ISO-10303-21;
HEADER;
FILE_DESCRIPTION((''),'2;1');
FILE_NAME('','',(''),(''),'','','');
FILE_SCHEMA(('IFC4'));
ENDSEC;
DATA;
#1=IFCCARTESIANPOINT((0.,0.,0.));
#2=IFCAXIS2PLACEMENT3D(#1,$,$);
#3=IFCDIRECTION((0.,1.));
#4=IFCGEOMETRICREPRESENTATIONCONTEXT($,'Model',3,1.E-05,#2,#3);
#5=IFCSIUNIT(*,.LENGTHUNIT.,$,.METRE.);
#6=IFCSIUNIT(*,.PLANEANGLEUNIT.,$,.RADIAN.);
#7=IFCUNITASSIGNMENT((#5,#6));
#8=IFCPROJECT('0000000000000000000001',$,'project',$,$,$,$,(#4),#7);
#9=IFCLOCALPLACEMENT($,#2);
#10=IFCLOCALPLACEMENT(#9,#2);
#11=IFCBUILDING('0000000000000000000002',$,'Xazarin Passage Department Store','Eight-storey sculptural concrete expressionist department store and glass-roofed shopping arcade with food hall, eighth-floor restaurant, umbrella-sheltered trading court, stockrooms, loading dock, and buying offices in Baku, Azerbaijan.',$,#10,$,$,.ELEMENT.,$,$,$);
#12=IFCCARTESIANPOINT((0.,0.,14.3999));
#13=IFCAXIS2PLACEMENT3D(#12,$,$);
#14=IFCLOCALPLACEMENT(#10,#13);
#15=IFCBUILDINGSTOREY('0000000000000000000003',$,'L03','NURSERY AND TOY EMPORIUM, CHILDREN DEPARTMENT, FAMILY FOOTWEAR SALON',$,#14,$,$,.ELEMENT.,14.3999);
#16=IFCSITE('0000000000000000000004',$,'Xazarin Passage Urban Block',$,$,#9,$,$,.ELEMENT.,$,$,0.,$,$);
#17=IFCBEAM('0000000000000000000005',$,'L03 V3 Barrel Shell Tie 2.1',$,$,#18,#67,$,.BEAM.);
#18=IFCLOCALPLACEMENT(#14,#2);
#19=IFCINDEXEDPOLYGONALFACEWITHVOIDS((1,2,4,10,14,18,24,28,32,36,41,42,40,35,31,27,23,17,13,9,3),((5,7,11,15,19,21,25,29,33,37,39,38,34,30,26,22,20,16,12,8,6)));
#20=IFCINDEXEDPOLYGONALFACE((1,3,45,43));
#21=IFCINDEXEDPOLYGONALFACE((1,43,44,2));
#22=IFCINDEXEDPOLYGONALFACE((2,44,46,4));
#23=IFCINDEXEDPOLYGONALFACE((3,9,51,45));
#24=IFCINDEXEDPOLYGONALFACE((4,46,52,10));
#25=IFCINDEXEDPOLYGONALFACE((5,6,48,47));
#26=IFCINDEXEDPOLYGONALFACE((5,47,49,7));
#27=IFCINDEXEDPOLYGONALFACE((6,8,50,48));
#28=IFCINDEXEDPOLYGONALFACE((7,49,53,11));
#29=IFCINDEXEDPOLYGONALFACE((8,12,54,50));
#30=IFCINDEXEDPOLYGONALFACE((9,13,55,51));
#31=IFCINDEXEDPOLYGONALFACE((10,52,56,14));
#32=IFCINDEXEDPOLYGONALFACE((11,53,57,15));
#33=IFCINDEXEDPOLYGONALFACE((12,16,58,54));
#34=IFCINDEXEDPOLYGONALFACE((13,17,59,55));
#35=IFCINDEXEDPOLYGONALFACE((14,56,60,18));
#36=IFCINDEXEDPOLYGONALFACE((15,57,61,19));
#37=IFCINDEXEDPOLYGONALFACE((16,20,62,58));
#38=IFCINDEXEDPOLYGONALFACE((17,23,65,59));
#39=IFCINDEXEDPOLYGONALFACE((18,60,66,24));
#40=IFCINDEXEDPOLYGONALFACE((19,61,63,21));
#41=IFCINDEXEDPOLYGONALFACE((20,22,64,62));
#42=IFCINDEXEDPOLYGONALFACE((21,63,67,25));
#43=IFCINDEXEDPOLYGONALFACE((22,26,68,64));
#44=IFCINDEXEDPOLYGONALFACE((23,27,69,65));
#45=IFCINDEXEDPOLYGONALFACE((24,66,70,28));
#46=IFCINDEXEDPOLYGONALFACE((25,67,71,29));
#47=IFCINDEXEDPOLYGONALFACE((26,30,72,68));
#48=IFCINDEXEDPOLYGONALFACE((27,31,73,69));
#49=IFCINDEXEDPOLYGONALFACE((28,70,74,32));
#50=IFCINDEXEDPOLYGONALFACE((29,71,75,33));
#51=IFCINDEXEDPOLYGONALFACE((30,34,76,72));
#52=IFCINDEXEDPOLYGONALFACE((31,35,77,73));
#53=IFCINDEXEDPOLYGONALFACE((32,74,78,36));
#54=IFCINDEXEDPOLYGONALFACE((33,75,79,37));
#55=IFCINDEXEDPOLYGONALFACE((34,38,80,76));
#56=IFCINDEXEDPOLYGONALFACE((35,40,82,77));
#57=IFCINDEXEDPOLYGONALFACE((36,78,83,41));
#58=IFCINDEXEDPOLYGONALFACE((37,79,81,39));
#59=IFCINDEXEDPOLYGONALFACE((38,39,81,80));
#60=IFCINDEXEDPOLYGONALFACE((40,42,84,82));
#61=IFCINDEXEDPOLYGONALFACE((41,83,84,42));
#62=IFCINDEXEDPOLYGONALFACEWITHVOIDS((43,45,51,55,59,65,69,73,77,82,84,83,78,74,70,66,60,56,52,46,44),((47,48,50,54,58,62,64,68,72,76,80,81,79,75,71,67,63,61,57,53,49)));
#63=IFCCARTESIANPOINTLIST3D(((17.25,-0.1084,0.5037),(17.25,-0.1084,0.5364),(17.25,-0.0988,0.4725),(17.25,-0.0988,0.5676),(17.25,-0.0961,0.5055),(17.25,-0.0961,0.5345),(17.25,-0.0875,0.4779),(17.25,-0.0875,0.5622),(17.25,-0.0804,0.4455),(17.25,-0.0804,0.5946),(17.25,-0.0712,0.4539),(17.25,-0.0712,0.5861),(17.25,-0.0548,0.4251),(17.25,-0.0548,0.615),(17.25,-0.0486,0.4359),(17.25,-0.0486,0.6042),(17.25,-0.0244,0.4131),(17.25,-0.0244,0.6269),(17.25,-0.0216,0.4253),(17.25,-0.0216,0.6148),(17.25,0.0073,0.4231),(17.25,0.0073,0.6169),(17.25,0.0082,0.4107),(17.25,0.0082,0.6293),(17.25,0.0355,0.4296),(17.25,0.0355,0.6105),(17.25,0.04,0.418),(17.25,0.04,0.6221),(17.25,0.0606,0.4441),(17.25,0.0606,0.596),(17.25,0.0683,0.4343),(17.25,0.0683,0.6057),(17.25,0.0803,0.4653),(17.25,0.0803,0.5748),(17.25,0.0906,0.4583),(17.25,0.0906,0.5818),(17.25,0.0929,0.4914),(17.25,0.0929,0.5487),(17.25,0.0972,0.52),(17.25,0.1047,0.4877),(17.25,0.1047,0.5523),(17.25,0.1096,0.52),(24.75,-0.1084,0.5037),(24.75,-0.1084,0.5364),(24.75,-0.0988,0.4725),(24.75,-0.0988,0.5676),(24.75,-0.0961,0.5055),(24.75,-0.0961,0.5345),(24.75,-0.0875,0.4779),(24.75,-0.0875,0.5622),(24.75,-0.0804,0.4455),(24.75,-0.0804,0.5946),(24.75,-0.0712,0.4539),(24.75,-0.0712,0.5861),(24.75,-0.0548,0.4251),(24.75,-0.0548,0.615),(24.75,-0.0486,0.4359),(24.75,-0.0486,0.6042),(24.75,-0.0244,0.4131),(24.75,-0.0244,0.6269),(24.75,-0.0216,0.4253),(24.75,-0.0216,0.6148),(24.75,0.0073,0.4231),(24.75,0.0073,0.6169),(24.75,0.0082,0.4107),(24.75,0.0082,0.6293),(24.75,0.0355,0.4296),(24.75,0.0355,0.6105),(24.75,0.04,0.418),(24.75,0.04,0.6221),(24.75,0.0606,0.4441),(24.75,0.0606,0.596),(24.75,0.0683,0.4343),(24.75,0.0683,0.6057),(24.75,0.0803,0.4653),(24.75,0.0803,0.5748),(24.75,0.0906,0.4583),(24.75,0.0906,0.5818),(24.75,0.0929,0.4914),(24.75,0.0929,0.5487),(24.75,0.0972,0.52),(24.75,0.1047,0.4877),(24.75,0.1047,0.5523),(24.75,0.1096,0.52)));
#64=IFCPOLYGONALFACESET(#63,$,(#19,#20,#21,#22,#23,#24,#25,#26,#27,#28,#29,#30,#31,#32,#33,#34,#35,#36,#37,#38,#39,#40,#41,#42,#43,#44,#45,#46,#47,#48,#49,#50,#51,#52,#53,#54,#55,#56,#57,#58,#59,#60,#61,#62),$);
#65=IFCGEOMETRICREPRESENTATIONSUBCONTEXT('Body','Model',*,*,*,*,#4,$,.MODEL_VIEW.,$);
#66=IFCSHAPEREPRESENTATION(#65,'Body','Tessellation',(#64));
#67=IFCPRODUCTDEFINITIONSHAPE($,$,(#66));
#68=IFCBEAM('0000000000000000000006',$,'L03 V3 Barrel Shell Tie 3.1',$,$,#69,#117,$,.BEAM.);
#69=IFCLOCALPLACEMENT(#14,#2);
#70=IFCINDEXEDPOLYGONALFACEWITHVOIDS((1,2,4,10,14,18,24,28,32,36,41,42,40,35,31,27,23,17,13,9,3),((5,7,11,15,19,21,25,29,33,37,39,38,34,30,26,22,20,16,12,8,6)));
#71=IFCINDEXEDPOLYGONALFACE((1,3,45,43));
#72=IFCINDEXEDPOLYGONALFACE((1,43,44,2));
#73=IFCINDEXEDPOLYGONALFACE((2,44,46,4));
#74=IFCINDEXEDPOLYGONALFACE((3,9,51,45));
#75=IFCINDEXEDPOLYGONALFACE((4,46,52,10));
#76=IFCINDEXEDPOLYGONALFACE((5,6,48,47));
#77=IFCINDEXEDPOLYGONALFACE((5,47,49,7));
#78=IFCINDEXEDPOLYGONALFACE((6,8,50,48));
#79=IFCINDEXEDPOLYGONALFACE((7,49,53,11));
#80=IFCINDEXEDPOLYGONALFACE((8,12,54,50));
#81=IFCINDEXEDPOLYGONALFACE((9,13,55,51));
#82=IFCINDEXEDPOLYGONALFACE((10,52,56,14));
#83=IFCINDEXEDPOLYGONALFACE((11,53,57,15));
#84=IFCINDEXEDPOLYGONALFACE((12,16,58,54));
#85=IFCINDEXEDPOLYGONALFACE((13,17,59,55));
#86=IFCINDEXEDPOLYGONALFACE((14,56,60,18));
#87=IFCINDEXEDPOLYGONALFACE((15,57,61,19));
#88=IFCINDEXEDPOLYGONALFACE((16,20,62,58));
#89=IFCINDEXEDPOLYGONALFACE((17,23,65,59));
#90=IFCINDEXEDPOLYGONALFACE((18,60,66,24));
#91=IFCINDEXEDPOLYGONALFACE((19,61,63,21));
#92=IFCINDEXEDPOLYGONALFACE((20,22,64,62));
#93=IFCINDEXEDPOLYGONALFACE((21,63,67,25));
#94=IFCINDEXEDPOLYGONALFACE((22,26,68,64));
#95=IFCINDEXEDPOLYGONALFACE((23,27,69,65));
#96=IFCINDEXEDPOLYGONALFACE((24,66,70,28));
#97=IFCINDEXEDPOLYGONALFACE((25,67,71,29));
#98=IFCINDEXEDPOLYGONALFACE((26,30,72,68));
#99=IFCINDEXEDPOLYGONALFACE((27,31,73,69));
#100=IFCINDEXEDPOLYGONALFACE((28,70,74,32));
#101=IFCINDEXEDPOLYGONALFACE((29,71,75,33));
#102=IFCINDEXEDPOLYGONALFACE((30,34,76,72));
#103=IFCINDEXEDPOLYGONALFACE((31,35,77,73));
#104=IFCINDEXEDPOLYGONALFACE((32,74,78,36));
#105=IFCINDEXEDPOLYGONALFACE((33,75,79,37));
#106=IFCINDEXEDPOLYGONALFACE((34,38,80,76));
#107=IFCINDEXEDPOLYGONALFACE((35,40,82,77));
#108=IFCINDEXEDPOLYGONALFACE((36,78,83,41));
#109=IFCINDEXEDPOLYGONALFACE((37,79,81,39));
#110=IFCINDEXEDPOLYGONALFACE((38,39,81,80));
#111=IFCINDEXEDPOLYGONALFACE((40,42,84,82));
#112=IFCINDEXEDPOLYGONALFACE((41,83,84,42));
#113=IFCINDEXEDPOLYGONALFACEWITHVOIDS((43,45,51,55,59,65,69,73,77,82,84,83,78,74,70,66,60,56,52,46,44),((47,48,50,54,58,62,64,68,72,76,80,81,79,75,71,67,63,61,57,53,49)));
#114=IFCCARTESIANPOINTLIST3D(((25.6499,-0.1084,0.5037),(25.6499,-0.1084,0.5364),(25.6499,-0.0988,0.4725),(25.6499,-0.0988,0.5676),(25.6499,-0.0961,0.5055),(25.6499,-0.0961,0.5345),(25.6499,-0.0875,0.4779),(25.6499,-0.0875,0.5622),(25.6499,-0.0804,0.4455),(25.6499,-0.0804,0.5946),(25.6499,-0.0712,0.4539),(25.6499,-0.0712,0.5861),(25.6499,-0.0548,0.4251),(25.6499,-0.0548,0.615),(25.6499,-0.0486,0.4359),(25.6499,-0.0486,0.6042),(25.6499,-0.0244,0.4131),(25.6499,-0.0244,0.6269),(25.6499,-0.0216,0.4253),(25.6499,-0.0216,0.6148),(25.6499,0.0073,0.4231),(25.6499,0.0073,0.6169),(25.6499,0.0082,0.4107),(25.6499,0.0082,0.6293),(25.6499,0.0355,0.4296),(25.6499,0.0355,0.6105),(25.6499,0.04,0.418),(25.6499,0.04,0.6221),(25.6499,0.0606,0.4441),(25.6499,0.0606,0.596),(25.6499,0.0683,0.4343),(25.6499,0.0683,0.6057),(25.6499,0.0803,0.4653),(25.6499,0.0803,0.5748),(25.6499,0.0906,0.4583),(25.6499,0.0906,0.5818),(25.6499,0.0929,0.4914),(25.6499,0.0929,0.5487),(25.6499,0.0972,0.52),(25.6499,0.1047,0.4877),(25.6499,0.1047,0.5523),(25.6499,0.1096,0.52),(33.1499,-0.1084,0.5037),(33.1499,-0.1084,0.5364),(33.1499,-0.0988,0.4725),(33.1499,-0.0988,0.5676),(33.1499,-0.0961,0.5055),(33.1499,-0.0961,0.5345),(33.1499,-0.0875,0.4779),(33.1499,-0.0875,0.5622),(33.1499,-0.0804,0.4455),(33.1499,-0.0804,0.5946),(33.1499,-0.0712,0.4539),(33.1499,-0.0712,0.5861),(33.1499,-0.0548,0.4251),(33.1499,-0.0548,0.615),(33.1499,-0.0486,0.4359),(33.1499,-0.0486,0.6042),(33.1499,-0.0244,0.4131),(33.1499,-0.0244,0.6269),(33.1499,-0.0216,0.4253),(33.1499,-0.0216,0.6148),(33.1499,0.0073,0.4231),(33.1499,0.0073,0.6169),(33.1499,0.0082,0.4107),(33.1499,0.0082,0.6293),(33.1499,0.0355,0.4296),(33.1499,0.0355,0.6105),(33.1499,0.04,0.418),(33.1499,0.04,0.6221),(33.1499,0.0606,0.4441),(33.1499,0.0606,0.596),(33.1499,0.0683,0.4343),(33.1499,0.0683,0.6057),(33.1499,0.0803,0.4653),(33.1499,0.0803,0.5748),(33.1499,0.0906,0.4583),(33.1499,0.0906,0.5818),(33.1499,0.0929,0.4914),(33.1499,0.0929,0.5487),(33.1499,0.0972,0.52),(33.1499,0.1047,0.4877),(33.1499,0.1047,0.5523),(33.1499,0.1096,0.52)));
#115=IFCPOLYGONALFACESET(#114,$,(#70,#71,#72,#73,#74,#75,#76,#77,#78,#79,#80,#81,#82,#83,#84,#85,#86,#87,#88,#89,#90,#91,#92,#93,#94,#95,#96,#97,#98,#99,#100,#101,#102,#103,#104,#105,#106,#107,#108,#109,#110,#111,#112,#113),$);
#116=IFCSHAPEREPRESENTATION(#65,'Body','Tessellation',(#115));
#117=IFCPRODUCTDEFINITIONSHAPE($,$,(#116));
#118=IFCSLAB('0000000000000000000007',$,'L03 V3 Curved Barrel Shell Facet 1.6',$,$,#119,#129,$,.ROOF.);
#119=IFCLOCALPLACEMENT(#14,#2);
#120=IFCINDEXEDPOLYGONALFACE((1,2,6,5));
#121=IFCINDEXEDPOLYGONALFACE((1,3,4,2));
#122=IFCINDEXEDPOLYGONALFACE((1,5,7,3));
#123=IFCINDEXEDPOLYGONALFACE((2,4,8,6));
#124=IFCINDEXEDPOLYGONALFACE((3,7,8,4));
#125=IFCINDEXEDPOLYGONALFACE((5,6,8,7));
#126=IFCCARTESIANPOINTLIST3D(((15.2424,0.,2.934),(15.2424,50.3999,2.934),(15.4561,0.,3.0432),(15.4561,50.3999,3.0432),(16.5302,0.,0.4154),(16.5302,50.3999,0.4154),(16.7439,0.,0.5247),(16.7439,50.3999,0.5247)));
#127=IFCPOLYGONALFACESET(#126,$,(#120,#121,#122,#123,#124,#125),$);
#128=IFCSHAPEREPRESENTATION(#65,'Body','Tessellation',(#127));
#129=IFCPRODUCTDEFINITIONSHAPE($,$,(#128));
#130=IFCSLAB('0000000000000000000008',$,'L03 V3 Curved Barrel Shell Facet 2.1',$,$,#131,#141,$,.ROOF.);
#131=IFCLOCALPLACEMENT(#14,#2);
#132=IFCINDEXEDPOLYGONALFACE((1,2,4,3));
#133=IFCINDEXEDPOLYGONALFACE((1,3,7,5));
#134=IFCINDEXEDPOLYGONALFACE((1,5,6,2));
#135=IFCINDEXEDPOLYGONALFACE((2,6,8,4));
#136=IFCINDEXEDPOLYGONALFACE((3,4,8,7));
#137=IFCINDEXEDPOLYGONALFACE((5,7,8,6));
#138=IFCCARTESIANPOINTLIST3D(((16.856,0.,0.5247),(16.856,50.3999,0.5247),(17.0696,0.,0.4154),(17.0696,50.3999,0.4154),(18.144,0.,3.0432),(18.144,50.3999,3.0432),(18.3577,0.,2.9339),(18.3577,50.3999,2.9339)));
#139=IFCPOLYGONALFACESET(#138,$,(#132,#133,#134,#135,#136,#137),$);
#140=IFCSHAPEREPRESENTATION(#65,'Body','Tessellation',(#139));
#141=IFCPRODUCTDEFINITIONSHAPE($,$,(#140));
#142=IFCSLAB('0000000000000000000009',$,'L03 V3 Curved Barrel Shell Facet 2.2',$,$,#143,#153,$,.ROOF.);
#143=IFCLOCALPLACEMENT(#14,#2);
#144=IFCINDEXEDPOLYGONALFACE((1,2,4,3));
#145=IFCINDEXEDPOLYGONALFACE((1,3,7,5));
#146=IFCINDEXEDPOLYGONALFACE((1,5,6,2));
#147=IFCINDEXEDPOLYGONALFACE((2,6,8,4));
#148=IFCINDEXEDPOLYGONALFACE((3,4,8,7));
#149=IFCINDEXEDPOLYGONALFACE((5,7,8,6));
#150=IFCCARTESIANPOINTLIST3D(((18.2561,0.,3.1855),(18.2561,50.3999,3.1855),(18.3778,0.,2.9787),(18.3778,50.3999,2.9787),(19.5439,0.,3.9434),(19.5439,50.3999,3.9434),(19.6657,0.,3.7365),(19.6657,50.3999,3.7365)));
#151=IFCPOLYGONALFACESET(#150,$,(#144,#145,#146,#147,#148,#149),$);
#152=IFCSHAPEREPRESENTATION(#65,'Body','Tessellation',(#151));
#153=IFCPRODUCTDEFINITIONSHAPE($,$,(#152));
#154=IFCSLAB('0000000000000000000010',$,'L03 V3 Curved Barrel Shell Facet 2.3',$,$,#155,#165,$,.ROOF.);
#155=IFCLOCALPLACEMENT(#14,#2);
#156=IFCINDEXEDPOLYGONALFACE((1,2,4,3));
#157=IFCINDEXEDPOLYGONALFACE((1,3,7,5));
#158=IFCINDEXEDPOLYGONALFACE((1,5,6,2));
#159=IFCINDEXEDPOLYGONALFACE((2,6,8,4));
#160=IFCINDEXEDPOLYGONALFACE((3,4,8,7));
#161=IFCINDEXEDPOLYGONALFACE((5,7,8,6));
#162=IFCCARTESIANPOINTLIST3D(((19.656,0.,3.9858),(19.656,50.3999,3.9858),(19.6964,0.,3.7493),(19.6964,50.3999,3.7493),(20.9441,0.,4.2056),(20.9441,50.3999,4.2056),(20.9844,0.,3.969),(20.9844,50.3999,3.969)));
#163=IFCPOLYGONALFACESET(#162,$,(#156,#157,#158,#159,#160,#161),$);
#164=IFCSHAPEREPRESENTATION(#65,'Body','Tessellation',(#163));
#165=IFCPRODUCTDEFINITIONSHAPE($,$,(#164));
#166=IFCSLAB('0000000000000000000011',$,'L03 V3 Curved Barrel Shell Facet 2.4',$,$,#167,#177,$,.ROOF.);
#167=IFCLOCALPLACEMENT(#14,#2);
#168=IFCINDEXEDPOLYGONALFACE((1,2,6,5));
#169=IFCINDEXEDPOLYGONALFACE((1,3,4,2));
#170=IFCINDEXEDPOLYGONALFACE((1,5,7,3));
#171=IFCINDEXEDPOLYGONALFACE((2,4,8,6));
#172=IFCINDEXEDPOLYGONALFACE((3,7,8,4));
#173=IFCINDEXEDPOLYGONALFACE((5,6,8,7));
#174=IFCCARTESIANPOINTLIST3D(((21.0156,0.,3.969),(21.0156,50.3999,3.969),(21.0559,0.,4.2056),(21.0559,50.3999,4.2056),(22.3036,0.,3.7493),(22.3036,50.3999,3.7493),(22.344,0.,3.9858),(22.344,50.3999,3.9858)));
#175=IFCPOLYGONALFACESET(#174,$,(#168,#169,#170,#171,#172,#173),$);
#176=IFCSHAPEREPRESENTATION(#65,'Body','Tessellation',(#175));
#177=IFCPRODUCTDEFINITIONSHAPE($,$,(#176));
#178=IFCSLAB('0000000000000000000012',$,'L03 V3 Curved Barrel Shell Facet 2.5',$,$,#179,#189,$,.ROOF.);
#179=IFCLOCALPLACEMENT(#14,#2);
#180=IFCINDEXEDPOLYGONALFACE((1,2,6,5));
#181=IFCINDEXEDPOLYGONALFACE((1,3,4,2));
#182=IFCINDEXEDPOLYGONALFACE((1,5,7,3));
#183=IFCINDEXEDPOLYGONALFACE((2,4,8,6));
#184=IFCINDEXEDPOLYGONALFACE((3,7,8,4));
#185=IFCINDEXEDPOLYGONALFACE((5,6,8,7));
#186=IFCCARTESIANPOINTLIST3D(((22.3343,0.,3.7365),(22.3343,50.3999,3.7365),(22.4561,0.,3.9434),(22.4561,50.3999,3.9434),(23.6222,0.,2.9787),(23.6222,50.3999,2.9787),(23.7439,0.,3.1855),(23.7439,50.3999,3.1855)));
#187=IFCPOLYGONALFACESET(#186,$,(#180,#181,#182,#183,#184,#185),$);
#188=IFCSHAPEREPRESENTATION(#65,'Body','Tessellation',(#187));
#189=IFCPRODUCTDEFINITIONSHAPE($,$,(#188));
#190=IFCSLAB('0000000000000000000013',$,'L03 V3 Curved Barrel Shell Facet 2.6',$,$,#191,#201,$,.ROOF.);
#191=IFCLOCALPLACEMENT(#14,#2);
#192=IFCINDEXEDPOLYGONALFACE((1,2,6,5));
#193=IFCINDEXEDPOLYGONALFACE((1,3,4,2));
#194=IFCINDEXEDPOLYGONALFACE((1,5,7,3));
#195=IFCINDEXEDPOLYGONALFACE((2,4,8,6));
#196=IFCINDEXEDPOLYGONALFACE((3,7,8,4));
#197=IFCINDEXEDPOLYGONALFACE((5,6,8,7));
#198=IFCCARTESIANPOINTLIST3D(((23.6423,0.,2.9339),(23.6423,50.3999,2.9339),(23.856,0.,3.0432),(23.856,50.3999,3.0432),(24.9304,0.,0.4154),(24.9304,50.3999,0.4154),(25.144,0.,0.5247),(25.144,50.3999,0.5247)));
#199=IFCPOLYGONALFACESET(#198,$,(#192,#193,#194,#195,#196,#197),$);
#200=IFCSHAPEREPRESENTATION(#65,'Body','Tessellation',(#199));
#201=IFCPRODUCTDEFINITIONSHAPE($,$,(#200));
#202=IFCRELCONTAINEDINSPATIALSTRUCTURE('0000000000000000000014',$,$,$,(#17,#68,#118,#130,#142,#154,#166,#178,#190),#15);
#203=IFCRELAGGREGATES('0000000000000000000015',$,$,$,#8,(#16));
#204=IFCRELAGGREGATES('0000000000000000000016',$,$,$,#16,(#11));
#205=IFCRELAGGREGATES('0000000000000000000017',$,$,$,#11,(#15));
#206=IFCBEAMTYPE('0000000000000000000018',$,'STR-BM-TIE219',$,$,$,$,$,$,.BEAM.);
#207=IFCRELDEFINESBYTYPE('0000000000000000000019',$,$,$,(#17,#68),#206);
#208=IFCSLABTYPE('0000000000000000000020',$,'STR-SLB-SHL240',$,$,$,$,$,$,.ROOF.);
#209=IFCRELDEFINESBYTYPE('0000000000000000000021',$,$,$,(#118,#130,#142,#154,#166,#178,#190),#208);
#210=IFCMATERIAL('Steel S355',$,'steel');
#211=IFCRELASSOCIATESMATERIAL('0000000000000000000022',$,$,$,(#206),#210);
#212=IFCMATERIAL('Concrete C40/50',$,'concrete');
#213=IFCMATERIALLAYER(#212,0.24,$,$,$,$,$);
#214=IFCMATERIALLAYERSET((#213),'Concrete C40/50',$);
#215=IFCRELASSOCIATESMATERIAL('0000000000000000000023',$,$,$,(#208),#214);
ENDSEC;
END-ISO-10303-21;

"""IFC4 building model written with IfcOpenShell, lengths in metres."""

from ifc_helpers import new_model, si_unit, direction, frame, origin, origin_2d, place, context, subcontext, project, spatial, polyline, hollow_circle, outline, extrude, material, layer, layer_set, material_profile, profile_set, type_object, element, save


model = new_model("IFC4")

# Units and contexts
model_context = context("Model", 3, precision=1e-05, world=origin(), true_north=direction((0.0, 1.0)))
body_context = subcontext(model_context, "Body", "Model", "MODEL_VIEW")
ifc_project = project(units=[si_unit("LENGTHUNIT", "METRE"), si_unit("PLANEANGLEUNIT", "RADIAN")], contexts=[model_context])

# Site, building, storey
site_placement = place(None, origin())
site = spatial("IfcSite", under=ifc_project, at=site_placement, Name="Xazarin Passage Urban Block", CompositionType="ELEMENT", RefElevation=0.0)
building_placement = place(site_placement, origin())
building = spatial("IfcBuilding", under=site, at=building_placement, Name="Xazarin Passage Department Store", Description="Eight-storey sculptural concrete expressionist department store and glass-roofed shopping arcade with food hall, eighth-floor restaurant, umbrella-sheltered trading court, stockrooms, loading dock, and buying offices in Baku, Azerbaijan.", CompositionType="ELEMENT")
storey_placement = place(building_placement, frame((0.0, 0.0, 14.3999)))
storey = spatial("IfcBuildingStorey", under=building, at=storey_placement, Name="L03", Description="NURSERY AND TOY EMPORIUM, CHILDREN DEPARTMENT, FAMILY FOOTWEAR SALON", CompositionType="ELEMENT", Elevation=14.3999)

# Beams
ifc_material_1 = material(Name="Steel S355", Category="steel")
ifc_material_profile_1 = material_profile(ifc_material_1, hollow_circle(Radius=0.1096, WallThickness=0.0125, at=origin_2d()), Name="CHS 219.1x12.5")
ifc_profile_set_1 = profile_set([ifc_material_profile_1], Name="Steel S355")
beam_type_1 = type_object("IfcBeamType", Name="STR-BM-TIE219", PredefinedType="BEAM", material=ifc_profile_set_1)
for number, where, z_axis, x_axis, name in (
    (1, (17.25, 0.0, 0.52), (1.0, 0.0, 0.0), (0.0, 1.0, 0.0), "L03 V3 Barrel Shell Tie 2.1"),
    (2, (25.6499, 0.0, 0.52), (1.0, 0.0, 0.0), (0.0, 1.0, 0.0), "L03 V3 Barrel Shell Tie 3.1"),
):
    element("IfcBeam", number, at=place(storey_placement, frame(where, z_axis=z_axis, x_axis=x_axis)), inside=storey, type_object=beam_type_1, Name=name, PredefinedType="BEAM", context=body_context, shape_type="SweptSolid", body=[
        extrude(hollow_circle(Radius=0.1096, WallThickness=0.0125, at=origin_2d()), origin(), (0.0, 0.0, 1.0), 7.5),
    ])

# Slabs
ifc_material_2 = material(Name="Concrete C40/50", Category="concrete")
ifc_layer = layer(ifc_material_2, 0.24)
ifc_layer_set = layer_set([ifc_layer], Name="Concrete C40/50")
slab_type = type_object("IfcSlabType", Name="STR-SLB-SHL240", PredefinedType="ROOF", material=ifc_layer_set)
slab_1_placement = place(storey_placement, frame((15.4561, 0.0, 3.0432), z_axis=(0.890352, 0.0, 0.455274), x_axis=(0.455274, 0.0, -0.890352)))
element("IfcSlab", 3, at=slab_1_placement, inside=storey, type_object=slab_type, Name="L03 V3 Curved Barrel Shell Facet 1.6", PredefinedType="ROOF", context=body_context, shape_type="SweptSolid", body=[
    extrude(outline(polyline([(0.0, 0.0), (2.8287, 0.0), (2.8287, 50.3999), (0.0, 50.3999), (0.0, 0.0)])), origin(), (0.0, 0.0, -1.0), 0.24),
])
slab_2_placement = place(storey_placement, frame((16.856, 0.0, 0.5247), z_axis=(-0.890317, 0.0, 0.455342), x_axis=(0.455342, 0.0, 0.890317)))
element("IfcSlab", 4, at=slab_2_placement, inside=storey, type_object=slab_type, Name="L03 V3 Curved Barrel Shell Facet 2.1", PredefinedType="ROOF", context=body_context, shape_type="SweptSolid", body=[
    extrude(outline(polyline([(0.0, 0.0), (2.8288, 0.0), (2.8288, 50.3999), (0.0, 50.3999), (0.0, 0.0)])), origin(), (0.0, 0.0, -1.0), 0.24),
])
slab_3_placement = place(storey_placement, frame((18.2561, 0.0, 3.1855), z_axis=(-0.507149, 0.0, 0.861859), x_axis=(0.861859, 0.0, 0.507149)))
element("IfcSlab", 5, at=slab_3_placement, inside=storey, type_object=slab_type, Name="L03 V3 Curved Barrel Shell Facet 2.2", PredefinedType="ROOF", context=body_context, shape_type="SweptSolid", body=[
    extrude(outline(polyline([(0.0, 0.0), (1.4943, 0.0), (1.4943, 50.3999), (0.0, 50.3999), (0.0, 0.0)])), origin(), (0.0, 0.0, -1.0), 0.24),
])
for number, where, z_axis, x_axis, name in (
    (6, (19.656, 0.0, 3.9858), (-0.168155, 0.0, 0.985761), (0.985761, 0.0, 0.168155), "L03 V3 Curved Barrel Shell Facet 2.3"),
    (7, (21.0559, 0.0, 4.2056), (0.168155, 0.0, 0.985761), (0.985761, 0.0, -0.168155), "L03 V3 Curved Barrel Shell Facet 2.4"),
):
    element("IfcSlab", number, at=place(storey_placement, frame(where, z_axis=z_axis, x_axis=x_axis)), inside=storey, type_object=slab_type, Name=name, PredefinedType="ROOF", context=body_context, shape_type="SweptSolid", body=[
        extrude(outline(polyline([(0.0, 0.0), (1.3067, 0.0), (1.3067, 50.3999), (0.0, 50.3999), (0.0, 0.0)])), origin(), (0.0, 0.0, -1.0), 0.24),
    ])
slab_4_placement = place(storey_placement, frame((22.4561, 0.0, 3.9434), z_axis=(0.507149, 0.0, 0.861859), x_axis=(0.861859, 0.0, -0.507149)))
element("IfcSlab", 8, at=slab_4_placement, inside=storey, type_object=slab_type, Name="L03 V3 Curved Barrel Shell Facet 2.5", PredefinedType="ROOF", context=body_context, shape_type="SweptSolid", body=[
    extrude(outline(polyline([(0.0, 0.0), (1.4943, 0.0), (1.4943, 50.3999), (0.0, 50.3999), (0.0, 0.0)])), origin(), (0.0, 0.0, -1.0), 0.24),
])
slab_5_placement = place(storey_placement, frame((23.856, 0.0, 3.0432), z_axis=(0.890317, 0.0, 0.455342), x_axis=(0.455342, 0.0, -0.890317)))
element("IfcSlab", 9, at=slab_5_placement, inside=storey, type_object=slab_type, Name="L03 V3 Curved Barrel Shell Facet 2.6", PredefinedType="ROOF", context=body_context, shape_type="SweptSolid", body=[
    extrude(outline(polyline([(0.0, 0.0), (2.8288, 0.0), (2.8288, 50.3999), (0.0, 50.3999), (0.0, 0.0)])), origin(), (0.0, 0.0, -1.0), 0.24),
])

save(model, "model.ifc")
